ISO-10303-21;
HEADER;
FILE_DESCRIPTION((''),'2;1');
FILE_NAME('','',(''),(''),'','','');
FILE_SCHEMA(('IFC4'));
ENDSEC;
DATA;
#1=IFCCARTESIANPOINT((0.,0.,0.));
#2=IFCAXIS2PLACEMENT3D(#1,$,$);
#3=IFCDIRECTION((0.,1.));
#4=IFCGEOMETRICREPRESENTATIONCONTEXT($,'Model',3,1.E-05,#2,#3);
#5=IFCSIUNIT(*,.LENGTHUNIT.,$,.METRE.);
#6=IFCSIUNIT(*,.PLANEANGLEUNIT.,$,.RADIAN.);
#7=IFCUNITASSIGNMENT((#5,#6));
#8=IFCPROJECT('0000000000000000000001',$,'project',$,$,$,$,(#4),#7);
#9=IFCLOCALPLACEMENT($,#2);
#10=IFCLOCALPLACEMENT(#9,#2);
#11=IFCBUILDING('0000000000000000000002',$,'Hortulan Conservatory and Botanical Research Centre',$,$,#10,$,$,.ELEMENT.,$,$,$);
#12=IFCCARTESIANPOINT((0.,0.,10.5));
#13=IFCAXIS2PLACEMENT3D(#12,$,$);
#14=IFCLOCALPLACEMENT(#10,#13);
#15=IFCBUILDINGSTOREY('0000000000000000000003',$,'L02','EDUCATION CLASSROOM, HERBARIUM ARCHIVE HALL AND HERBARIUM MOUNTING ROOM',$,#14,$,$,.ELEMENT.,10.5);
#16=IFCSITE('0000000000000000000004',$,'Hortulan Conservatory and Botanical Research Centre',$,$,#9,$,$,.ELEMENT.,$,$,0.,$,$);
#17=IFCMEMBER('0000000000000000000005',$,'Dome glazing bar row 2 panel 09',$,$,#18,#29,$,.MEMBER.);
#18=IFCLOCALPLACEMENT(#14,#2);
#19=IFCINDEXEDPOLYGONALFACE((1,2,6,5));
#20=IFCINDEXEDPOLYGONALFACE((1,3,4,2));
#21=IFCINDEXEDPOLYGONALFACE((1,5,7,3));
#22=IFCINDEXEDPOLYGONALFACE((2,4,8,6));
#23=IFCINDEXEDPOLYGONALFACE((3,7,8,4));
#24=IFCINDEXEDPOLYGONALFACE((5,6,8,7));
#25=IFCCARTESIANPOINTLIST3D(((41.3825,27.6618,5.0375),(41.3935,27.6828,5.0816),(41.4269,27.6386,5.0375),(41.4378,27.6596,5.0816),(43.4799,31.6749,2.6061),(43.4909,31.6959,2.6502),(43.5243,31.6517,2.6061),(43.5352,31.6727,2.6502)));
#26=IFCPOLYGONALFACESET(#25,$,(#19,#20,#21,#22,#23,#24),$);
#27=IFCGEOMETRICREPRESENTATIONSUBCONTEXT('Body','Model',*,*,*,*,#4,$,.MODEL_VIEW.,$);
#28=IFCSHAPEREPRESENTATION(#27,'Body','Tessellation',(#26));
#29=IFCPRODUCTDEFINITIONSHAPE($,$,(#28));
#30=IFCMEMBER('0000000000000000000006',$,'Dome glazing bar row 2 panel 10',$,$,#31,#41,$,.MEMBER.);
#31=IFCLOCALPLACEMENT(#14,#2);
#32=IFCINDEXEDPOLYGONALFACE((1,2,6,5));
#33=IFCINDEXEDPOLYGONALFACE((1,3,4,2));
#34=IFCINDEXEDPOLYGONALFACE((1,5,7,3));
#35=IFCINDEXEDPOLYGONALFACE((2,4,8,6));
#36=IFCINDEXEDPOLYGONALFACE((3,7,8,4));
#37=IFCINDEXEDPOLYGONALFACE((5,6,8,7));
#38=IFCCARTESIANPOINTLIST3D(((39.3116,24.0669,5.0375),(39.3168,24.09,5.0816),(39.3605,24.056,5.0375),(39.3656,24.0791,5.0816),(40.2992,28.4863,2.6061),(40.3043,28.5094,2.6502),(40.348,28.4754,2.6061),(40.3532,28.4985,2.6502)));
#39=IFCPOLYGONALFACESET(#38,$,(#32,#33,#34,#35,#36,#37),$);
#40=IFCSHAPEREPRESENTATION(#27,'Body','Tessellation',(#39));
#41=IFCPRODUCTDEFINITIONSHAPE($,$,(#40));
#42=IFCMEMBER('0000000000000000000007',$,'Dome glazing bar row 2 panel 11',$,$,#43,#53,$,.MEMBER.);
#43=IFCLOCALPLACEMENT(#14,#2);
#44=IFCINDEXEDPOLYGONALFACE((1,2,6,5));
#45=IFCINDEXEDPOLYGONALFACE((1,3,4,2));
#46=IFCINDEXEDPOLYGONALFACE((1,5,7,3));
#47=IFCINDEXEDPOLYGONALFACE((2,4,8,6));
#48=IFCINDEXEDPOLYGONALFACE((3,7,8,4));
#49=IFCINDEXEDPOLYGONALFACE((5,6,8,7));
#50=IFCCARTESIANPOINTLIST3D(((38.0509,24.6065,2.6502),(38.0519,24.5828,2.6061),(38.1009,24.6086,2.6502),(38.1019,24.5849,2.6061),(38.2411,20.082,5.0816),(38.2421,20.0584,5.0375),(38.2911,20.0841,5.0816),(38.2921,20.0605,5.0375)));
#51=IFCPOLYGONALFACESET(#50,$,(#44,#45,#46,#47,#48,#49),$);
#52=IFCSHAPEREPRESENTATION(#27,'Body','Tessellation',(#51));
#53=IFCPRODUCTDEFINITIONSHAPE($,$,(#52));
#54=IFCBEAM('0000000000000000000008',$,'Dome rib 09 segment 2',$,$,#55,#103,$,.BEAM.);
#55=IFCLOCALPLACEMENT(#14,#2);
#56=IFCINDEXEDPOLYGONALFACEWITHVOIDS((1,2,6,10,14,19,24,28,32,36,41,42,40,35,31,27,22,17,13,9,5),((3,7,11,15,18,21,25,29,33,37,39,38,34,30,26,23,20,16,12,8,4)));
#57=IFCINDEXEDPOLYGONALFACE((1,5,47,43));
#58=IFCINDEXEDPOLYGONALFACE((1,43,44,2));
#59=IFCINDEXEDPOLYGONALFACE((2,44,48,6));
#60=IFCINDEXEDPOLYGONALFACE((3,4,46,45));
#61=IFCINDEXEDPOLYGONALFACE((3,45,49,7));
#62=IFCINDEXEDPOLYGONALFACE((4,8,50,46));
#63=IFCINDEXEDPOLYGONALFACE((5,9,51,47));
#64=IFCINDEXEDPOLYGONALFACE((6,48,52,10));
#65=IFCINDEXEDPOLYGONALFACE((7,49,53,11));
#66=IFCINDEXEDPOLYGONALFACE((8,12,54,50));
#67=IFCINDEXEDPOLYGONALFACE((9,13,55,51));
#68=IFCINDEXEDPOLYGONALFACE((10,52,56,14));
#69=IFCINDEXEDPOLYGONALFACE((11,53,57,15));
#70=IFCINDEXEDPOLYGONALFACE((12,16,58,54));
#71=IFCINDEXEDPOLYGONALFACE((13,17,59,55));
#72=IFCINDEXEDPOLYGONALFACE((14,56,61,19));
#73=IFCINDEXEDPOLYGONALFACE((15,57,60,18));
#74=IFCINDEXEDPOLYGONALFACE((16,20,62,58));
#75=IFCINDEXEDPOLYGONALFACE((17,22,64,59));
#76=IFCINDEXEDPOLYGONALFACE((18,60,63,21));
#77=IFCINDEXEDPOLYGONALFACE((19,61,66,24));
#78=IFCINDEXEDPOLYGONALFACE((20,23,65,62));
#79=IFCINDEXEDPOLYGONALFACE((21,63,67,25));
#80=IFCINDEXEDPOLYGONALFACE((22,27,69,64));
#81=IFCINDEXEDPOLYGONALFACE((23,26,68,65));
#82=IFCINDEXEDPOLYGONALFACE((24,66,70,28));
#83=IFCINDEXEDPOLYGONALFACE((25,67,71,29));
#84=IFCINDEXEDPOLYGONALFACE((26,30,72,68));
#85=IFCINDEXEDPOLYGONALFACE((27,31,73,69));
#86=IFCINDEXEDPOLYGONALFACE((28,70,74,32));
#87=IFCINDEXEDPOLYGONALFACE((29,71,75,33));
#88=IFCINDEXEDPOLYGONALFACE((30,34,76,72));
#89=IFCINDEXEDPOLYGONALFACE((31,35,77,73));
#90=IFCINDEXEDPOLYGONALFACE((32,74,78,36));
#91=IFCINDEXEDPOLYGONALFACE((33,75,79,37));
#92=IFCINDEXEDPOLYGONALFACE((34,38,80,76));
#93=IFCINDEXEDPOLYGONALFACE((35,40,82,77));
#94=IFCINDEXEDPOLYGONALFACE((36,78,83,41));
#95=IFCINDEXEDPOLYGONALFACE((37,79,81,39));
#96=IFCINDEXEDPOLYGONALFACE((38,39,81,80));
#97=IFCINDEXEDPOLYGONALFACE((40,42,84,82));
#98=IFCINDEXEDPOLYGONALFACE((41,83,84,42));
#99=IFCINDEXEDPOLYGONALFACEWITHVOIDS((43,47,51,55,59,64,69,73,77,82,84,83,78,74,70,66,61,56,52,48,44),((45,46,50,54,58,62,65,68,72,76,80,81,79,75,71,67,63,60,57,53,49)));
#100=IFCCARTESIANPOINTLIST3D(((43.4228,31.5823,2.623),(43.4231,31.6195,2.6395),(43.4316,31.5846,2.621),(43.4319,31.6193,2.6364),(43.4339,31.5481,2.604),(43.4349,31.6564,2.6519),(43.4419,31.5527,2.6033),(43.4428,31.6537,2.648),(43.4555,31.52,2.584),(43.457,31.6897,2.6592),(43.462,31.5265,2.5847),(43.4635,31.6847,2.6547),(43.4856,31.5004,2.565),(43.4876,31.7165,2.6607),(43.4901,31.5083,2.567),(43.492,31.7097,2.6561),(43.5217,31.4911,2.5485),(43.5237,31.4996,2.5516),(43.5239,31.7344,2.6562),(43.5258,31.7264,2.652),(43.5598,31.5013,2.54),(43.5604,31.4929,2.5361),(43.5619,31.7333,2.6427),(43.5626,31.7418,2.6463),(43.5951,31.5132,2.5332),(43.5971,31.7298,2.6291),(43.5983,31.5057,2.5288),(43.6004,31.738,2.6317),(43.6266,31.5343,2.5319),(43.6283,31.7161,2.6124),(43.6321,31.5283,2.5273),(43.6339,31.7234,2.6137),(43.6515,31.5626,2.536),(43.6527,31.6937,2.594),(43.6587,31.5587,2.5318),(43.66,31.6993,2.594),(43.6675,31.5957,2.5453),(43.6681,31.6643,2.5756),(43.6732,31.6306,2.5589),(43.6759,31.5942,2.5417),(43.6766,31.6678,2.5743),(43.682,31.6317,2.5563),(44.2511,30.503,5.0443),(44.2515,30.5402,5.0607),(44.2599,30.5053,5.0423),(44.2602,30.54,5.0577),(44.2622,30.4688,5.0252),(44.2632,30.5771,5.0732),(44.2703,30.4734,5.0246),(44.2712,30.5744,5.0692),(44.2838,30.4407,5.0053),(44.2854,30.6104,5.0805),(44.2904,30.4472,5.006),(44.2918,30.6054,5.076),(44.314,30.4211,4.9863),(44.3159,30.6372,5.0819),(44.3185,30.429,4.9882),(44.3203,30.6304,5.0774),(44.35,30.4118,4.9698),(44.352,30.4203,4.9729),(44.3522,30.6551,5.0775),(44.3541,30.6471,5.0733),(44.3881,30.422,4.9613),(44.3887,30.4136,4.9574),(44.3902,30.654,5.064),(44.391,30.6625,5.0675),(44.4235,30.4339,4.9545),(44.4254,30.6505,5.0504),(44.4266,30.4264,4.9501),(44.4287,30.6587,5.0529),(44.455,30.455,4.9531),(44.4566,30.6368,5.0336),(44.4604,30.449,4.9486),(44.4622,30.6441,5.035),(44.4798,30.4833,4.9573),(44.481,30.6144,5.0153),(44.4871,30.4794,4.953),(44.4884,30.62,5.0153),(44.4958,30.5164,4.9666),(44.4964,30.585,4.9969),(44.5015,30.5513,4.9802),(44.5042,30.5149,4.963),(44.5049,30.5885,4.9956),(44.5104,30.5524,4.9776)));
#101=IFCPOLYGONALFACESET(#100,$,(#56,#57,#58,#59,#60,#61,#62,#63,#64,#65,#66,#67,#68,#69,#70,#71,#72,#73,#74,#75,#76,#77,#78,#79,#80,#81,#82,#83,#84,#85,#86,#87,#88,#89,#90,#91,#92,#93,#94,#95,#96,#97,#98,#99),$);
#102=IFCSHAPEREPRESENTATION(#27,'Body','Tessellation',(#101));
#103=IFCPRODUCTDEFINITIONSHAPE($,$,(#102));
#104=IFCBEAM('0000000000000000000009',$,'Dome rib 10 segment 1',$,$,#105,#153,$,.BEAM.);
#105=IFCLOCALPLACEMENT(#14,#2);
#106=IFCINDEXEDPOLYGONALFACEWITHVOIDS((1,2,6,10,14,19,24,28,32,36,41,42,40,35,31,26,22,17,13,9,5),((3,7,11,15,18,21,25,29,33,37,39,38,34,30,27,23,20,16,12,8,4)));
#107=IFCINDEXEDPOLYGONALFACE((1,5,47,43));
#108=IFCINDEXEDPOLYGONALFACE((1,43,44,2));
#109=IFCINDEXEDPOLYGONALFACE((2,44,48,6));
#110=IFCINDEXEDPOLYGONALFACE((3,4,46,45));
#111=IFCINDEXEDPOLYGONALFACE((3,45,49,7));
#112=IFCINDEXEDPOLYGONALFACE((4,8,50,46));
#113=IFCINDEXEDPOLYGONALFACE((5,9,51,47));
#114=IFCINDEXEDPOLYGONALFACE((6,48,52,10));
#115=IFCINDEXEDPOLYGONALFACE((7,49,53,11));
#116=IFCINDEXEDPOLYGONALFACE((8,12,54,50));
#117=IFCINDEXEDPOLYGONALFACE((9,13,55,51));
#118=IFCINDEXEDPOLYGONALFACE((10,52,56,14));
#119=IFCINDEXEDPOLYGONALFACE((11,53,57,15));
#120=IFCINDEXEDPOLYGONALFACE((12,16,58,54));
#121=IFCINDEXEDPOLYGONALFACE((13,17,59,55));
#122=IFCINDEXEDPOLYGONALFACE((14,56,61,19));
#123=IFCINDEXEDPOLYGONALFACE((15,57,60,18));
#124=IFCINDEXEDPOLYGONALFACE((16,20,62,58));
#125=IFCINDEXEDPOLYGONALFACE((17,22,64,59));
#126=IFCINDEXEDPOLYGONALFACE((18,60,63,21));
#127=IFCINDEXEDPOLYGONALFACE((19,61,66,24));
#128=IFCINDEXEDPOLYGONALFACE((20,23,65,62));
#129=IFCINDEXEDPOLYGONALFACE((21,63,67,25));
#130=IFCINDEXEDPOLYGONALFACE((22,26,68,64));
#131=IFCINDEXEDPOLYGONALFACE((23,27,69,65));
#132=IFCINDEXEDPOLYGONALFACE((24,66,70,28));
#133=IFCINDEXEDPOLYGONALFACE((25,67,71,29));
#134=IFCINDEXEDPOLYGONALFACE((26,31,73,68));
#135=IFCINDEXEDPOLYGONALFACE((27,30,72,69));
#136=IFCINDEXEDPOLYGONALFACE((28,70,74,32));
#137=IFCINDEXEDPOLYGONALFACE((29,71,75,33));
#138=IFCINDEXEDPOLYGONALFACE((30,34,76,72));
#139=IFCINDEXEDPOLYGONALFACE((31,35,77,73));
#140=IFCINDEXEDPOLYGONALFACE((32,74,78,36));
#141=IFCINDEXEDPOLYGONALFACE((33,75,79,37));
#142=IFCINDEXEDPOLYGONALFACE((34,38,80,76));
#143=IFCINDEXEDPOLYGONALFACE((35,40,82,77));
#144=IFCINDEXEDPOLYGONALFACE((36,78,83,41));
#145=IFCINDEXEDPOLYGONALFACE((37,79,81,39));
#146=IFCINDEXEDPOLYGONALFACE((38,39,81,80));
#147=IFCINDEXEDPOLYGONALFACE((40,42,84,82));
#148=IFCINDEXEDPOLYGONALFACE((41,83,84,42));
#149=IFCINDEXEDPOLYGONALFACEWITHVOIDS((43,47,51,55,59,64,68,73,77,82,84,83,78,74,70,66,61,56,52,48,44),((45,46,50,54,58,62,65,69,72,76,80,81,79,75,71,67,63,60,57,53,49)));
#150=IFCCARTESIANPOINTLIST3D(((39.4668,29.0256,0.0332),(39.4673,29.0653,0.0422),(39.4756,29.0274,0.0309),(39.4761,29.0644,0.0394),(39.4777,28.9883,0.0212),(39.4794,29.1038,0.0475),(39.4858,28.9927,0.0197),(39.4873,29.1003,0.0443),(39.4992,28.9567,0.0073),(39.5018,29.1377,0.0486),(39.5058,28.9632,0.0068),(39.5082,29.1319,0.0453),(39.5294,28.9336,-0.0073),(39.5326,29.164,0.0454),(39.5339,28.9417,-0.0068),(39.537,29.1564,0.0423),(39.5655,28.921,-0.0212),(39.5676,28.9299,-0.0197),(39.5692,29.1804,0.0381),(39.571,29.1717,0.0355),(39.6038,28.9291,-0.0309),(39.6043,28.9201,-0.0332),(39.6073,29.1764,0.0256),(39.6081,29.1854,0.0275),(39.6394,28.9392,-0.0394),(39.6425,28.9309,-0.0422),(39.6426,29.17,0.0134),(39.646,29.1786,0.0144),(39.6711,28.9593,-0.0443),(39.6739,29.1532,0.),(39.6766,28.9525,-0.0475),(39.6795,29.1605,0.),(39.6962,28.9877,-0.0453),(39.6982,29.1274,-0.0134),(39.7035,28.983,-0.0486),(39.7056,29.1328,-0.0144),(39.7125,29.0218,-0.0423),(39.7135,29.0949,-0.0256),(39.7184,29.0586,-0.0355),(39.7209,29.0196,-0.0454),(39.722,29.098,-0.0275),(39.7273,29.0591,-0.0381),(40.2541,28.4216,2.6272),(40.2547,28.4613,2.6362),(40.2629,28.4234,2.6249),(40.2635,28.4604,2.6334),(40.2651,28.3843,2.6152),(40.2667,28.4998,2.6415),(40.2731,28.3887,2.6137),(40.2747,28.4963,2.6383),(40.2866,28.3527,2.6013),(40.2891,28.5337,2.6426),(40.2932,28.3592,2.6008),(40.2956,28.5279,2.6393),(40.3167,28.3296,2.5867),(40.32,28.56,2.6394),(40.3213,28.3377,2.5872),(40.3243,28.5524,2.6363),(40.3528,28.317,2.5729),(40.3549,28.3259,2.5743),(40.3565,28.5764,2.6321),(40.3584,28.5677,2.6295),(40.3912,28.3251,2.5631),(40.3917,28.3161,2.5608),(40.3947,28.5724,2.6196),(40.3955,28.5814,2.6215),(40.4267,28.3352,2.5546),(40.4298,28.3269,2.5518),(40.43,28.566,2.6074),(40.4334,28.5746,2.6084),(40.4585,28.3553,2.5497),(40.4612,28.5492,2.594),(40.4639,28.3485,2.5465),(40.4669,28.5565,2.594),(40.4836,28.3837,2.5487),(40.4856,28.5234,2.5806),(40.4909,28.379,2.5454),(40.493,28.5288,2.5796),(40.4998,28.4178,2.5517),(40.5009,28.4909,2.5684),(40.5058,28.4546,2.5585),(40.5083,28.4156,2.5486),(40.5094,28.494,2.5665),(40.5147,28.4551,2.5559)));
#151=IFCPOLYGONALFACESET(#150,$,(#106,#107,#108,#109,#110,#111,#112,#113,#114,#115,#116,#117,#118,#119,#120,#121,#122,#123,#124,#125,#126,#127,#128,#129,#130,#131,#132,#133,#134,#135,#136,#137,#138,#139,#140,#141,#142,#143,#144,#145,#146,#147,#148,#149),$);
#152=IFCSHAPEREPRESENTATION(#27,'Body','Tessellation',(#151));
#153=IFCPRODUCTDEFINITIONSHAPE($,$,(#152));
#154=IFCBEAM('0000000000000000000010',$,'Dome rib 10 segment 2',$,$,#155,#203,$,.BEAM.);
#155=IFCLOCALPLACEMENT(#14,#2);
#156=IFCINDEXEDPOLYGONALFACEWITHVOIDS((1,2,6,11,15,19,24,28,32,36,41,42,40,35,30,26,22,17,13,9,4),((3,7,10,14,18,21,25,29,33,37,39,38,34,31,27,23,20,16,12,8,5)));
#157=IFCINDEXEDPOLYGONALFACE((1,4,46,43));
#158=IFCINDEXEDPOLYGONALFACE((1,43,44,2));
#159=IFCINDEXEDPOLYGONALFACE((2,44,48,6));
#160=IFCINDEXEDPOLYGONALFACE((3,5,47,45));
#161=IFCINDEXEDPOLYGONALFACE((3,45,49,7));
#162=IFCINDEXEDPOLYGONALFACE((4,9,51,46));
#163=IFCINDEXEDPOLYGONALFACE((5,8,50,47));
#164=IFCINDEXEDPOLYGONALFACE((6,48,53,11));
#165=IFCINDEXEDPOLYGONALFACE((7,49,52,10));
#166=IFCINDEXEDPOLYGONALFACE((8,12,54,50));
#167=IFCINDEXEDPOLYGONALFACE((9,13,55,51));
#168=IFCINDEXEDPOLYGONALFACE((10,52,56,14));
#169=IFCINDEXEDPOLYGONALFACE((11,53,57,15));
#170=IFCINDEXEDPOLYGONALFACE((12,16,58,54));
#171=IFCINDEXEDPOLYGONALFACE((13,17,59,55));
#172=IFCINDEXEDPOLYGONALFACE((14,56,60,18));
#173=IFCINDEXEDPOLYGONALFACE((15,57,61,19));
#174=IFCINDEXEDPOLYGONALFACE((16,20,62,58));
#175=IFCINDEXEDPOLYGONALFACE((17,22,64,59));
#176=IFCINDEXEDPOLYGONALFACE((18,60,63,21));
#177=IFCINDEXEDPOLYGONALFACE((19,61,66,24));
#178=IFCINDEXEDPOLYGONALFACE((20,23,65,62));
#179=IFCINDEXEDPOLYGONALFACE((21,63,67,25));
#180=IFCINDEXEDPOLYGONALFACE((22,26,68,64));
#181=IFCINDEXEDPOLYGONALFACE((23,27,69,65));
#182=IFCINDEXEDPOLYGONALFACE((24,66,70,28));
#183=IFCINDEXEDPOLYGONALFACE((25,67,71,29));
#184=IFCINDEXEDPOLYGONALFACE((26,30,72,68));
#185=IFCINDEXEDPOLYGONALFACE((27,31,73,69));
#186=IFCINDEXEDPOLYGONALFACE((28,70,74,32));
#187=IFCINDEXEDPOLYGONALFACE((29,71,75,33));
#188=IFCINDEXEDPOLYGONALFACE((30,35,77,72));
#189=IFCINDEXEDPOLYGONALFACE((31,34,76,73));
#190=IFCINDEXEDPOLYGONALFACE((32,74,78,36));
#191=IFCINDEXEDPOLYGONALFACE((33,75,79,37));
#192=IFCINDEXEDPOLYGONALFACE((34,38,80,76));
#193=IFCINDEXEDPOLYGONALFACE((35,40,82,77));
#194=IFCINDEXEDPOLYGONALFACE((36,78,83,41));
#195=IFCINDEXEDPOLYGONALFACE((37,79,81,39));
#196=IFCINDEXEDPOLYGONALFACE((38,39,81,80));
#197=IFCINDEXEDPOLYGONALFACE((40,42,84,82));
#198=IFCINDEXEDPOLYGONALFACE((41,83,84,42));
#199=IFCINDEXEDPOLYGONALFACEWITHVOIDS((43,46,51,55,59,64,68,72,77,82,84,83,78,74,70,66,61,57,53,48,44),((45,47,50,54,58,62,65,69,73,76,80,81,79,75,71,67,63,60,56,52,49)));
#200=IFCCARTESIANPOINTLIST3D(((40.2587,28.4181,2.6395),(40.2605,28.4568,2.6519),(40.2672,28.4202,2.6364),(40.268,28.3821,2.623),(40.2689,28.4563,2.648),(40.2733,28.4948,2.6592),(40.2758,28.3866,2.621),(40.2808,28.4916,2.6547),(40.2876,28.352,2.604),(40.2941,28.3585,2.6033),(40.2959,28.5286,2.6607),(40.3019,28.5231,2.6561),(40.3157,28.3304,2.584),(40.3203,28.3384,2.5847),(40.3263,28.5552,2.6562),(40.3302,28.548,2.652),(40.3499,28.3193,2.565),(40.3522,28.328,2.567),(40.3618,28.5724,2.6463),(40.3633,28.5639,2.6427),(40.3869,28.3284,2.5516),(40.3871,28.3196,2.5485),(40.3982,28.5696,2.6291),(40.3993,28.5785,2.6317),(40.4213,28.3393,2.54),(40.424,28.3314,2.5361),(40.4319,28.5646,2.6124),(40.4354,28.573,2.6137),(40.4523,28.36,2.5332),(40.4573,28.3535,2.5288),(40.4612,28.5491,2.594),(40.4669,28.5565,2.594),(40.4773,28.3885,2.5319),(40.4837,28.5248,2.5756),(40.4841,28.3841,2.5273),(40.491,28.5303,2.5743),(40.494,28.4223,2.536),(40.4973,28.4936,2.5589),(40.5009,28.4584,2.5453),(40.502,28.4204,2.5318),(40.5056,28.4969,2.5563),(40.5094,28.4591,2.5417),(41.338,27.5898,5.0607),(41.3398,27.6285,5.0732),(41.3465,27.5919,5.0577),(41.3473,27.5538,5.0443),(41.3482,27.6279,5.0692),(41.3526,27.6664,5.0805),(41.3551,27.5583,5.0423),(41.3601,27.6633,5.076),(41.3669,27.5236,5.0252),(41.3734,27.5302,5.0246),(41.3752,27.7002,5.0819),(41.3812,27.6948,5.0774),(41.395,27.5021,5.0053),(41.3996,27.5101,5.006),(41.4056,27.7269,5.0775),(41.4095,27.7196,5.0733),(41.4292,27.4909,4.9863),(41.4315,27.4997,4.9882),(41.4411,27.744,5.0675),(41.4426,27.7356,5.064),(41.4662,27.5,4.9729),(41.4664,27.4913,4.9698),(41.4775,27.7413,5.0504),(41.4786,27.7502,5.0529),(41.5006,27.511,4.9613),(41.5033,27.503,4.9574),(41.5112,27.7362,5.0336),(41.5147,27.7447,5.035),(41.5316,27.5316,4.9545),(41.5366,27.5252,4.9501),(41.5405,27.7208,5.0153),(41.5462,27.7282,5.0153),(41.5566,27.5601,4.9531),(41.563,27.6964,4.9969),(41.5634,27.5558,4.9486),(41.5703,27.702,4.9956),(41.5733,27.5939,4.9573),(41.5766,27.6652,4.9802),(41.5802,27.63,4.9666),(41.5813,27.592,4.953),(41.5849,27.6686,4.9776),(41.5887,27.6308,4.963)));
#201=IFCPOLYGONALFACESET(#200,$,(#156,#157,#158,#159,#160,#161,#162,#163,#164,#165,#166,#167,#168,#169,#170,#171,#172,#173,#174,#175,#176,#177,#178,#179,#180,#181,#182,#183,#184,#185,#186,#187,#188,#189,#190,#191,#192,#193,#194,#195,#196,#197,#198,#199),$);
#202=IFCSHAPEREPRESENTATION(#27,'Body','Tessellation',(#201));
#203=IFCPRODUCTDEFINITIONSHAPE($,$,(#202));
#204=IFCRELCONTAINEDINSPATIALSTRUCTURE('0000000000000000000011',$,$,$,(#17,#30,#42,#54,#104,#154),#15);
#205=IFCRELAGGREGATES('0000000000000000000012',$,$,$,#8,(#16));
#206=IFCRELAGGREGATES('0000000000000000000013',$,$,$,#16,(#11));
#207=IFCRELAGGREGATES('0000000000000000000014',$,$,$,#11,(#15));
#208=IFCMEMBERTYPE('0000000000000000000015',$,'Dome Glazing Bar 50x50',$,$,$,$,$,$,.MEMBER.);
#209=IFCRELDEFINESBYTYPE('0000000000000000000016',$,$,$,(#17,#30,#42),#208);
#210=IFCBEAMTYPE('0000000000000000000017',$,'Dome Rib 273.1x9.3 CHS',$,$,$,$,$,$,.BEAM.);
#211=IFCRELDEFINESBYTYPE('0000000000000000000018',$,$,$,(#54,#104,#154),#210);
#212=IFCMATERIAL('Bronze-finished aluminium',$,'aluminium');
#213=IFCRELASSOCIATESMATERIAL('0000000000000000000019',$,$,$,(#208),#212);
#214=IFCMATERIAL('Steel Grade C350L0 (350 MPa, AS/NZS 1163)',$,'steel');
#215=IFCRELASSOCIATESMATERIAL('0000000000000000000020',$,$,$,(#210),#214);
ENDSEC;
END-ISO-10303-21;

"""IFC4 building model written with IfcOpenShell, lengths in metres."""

from ifc_helpers import new_model, si_unit, direction, frame, origin, origin_2d, place, context, subcontext, project, spatial, rectangle, hollow_circle, extrude, material, material_profile, profile_set, type_object, element, save


model = new_model("IFC4")

# Units and contexts
model_context = context("Model", 3, precision=1e-05, world=origin(), true_north=direction((0.0, 1.0)))
body_context = subcontext(model_context, "Body", "Model", "MODEL_VIEW")
ifc_project = project(units=[si_unit("LENGTHUNIT", "METRE"), si_unit("PLANEANGLEUNIT", "RADIAN")], contexts=[model_context])

# Site, building, storey
site_placement = place(None, origin())
site = spatial("IfcSite", under=ifc_project, at=site_placement, Name="Hortulan Conservatory and Botanical Research Centre", CompositionType="ELEMENT", RefElevation=0.0)
building_placement = place(site_placement, origin())
building = spatial("IfcBuilding", under=site, at=building_placement, Name="Hortulan Conservatory and Botanical Research Centre", CompositionType="ELEMENT")
storey_placement = place(building_placement, frame((0.0, 0.0, 10.5)))
storey = spatial("IfcBuildingStorey", under=building, at=storey_placement, Name="L02", Description="EDUCATION CLASSROOM, HERBARIUM ARCHIVE HALL AND HERBARIUM MOUNTING ROOM", CompositionType="ELEMENT", Elevation=10.5)

# Members
ifc_material_1 = material(Name="Bronze-finished aluminium", Category="aluminium")
ifc_material_profile_1 = material_profile(ifc_material_1, rectangle(XDim=0.05, YDim=0.05, at=origin_2d()), Name="Square bar 50x50")
ifc_profile_set_1 = profile_set([ifc_material_profile_1], Name="Bronze-finished aluminium")
member_type_1 = type_object("IfcMemberType", Name="Dome Glazing Bar 50x50", PredefinedType="MEMBER", material=ifc_profile_set_1)
member_1_placement = place(storey_placement, frame((43.5076, 31.6738, 2.6282), z_axis=(-0.408081, -0.780821, 0.473062), x_axis=(0.886261, -0.463187, 0.0)))
element("IfcMember", 1, at=member_1_placement, inside=storey, type_object=member_type_1, Name="Dome glazing bar row 2 panel 09", PredefinedType="MEMBER", context=body_context, shape_type="SweptSolid", body=[
    extrude(rectangle(XDim=0.05, YDim=0.05, at=origin_2d()), origin(), (0.0, 0.0, 1.0), 5.1396),
])
for number, where, z_axis, x_axis, name in (
    (2, (40.3262, 28.4924, 2.6282), (-0.192135, -0.859833, 0.473046), (0.975931, -0.218078, 0.0), "Dome glazing bar row 2 panel 10"),
    (3, (38.0764, 24.5957, 2.6282), (0.037002, -0.88026, 0.473047), (0.999118, 0.041998, 0.0), "Dome glazing bar row 2 panel 11"),
):
    element("IfcMember", number, at=place(storey_placement, frame(where, z_axis=z_axis, x_axis=x_axis)), inside=storey, type_object=member_type_1, Name=name, PredefinedType="MEMBER", context=body_context, shape_type="SweptSolid", body=[
        extrude(rectangle(XDim=0.05, YDim=0.05, at=origin_2d()), origin(), (0.0, 0.0, 1.0), 5.1399),
    ])

# Beams
ifc_material_2 = material(Name="Steel Grade C350L0 (350 MPa, AS/NZS 1163)", Category="steel")
ifc_material_profile_2 = material_profile(ifc_material_2, hollow_circle(Radius=0.1365, WallThickness=0.0093, at=origin_2d()), Name="273.1x9.3CHS")
ifc_profile_set_2 = profile_set([ifc_material_profile_2], Name="Steel Grade C350L0 (350 MPa, AS/NZS 1163)")
beam_type_1 = type_object("IfcBeamType", Name="Dome Rib 273.1x9.3 CHS", PredefinedType="BEAM", material=ifc_profile_set_2)
for number, where, z_axis, x_axis, name in (
    (4, (43.5518, 31.6162, 2.594), (0.298247, -0.388609, 0.871798), (0.793297, 0.608835, 0.0), "Dome rib 09 segment 2"),
    (5, (39.5964, 29.0522, 0.0), (0.283493, -0.217477, 0.933989), (0.608664, 0.793428, 0.0), "Dome rib 10 segment 1"),
    (6, (40.3838, 28.4482, 2.594), (0.388609, -0.298247, 0.871798), (0.608835, 0.793297, 0.0), "Dome rib 10 segment 2"),
):
    element("IfcBeam", number, at=place(storey_placement, frame(where, z_axis=z_axis, x_axis=x_axis)), inside=storey, type_object=beam_type_1, Name=name, PredefinedType="BEAM", context=body_context, shape_type="SweptSolid", body=[
        extrude(hollow_circle(Radius=0.1365, WallThickness=0.0093, at=origin_2d()), origin(), (0.0, 0.0, 1.0), 2.7773),
    ])

save(model, "model.ifc")
